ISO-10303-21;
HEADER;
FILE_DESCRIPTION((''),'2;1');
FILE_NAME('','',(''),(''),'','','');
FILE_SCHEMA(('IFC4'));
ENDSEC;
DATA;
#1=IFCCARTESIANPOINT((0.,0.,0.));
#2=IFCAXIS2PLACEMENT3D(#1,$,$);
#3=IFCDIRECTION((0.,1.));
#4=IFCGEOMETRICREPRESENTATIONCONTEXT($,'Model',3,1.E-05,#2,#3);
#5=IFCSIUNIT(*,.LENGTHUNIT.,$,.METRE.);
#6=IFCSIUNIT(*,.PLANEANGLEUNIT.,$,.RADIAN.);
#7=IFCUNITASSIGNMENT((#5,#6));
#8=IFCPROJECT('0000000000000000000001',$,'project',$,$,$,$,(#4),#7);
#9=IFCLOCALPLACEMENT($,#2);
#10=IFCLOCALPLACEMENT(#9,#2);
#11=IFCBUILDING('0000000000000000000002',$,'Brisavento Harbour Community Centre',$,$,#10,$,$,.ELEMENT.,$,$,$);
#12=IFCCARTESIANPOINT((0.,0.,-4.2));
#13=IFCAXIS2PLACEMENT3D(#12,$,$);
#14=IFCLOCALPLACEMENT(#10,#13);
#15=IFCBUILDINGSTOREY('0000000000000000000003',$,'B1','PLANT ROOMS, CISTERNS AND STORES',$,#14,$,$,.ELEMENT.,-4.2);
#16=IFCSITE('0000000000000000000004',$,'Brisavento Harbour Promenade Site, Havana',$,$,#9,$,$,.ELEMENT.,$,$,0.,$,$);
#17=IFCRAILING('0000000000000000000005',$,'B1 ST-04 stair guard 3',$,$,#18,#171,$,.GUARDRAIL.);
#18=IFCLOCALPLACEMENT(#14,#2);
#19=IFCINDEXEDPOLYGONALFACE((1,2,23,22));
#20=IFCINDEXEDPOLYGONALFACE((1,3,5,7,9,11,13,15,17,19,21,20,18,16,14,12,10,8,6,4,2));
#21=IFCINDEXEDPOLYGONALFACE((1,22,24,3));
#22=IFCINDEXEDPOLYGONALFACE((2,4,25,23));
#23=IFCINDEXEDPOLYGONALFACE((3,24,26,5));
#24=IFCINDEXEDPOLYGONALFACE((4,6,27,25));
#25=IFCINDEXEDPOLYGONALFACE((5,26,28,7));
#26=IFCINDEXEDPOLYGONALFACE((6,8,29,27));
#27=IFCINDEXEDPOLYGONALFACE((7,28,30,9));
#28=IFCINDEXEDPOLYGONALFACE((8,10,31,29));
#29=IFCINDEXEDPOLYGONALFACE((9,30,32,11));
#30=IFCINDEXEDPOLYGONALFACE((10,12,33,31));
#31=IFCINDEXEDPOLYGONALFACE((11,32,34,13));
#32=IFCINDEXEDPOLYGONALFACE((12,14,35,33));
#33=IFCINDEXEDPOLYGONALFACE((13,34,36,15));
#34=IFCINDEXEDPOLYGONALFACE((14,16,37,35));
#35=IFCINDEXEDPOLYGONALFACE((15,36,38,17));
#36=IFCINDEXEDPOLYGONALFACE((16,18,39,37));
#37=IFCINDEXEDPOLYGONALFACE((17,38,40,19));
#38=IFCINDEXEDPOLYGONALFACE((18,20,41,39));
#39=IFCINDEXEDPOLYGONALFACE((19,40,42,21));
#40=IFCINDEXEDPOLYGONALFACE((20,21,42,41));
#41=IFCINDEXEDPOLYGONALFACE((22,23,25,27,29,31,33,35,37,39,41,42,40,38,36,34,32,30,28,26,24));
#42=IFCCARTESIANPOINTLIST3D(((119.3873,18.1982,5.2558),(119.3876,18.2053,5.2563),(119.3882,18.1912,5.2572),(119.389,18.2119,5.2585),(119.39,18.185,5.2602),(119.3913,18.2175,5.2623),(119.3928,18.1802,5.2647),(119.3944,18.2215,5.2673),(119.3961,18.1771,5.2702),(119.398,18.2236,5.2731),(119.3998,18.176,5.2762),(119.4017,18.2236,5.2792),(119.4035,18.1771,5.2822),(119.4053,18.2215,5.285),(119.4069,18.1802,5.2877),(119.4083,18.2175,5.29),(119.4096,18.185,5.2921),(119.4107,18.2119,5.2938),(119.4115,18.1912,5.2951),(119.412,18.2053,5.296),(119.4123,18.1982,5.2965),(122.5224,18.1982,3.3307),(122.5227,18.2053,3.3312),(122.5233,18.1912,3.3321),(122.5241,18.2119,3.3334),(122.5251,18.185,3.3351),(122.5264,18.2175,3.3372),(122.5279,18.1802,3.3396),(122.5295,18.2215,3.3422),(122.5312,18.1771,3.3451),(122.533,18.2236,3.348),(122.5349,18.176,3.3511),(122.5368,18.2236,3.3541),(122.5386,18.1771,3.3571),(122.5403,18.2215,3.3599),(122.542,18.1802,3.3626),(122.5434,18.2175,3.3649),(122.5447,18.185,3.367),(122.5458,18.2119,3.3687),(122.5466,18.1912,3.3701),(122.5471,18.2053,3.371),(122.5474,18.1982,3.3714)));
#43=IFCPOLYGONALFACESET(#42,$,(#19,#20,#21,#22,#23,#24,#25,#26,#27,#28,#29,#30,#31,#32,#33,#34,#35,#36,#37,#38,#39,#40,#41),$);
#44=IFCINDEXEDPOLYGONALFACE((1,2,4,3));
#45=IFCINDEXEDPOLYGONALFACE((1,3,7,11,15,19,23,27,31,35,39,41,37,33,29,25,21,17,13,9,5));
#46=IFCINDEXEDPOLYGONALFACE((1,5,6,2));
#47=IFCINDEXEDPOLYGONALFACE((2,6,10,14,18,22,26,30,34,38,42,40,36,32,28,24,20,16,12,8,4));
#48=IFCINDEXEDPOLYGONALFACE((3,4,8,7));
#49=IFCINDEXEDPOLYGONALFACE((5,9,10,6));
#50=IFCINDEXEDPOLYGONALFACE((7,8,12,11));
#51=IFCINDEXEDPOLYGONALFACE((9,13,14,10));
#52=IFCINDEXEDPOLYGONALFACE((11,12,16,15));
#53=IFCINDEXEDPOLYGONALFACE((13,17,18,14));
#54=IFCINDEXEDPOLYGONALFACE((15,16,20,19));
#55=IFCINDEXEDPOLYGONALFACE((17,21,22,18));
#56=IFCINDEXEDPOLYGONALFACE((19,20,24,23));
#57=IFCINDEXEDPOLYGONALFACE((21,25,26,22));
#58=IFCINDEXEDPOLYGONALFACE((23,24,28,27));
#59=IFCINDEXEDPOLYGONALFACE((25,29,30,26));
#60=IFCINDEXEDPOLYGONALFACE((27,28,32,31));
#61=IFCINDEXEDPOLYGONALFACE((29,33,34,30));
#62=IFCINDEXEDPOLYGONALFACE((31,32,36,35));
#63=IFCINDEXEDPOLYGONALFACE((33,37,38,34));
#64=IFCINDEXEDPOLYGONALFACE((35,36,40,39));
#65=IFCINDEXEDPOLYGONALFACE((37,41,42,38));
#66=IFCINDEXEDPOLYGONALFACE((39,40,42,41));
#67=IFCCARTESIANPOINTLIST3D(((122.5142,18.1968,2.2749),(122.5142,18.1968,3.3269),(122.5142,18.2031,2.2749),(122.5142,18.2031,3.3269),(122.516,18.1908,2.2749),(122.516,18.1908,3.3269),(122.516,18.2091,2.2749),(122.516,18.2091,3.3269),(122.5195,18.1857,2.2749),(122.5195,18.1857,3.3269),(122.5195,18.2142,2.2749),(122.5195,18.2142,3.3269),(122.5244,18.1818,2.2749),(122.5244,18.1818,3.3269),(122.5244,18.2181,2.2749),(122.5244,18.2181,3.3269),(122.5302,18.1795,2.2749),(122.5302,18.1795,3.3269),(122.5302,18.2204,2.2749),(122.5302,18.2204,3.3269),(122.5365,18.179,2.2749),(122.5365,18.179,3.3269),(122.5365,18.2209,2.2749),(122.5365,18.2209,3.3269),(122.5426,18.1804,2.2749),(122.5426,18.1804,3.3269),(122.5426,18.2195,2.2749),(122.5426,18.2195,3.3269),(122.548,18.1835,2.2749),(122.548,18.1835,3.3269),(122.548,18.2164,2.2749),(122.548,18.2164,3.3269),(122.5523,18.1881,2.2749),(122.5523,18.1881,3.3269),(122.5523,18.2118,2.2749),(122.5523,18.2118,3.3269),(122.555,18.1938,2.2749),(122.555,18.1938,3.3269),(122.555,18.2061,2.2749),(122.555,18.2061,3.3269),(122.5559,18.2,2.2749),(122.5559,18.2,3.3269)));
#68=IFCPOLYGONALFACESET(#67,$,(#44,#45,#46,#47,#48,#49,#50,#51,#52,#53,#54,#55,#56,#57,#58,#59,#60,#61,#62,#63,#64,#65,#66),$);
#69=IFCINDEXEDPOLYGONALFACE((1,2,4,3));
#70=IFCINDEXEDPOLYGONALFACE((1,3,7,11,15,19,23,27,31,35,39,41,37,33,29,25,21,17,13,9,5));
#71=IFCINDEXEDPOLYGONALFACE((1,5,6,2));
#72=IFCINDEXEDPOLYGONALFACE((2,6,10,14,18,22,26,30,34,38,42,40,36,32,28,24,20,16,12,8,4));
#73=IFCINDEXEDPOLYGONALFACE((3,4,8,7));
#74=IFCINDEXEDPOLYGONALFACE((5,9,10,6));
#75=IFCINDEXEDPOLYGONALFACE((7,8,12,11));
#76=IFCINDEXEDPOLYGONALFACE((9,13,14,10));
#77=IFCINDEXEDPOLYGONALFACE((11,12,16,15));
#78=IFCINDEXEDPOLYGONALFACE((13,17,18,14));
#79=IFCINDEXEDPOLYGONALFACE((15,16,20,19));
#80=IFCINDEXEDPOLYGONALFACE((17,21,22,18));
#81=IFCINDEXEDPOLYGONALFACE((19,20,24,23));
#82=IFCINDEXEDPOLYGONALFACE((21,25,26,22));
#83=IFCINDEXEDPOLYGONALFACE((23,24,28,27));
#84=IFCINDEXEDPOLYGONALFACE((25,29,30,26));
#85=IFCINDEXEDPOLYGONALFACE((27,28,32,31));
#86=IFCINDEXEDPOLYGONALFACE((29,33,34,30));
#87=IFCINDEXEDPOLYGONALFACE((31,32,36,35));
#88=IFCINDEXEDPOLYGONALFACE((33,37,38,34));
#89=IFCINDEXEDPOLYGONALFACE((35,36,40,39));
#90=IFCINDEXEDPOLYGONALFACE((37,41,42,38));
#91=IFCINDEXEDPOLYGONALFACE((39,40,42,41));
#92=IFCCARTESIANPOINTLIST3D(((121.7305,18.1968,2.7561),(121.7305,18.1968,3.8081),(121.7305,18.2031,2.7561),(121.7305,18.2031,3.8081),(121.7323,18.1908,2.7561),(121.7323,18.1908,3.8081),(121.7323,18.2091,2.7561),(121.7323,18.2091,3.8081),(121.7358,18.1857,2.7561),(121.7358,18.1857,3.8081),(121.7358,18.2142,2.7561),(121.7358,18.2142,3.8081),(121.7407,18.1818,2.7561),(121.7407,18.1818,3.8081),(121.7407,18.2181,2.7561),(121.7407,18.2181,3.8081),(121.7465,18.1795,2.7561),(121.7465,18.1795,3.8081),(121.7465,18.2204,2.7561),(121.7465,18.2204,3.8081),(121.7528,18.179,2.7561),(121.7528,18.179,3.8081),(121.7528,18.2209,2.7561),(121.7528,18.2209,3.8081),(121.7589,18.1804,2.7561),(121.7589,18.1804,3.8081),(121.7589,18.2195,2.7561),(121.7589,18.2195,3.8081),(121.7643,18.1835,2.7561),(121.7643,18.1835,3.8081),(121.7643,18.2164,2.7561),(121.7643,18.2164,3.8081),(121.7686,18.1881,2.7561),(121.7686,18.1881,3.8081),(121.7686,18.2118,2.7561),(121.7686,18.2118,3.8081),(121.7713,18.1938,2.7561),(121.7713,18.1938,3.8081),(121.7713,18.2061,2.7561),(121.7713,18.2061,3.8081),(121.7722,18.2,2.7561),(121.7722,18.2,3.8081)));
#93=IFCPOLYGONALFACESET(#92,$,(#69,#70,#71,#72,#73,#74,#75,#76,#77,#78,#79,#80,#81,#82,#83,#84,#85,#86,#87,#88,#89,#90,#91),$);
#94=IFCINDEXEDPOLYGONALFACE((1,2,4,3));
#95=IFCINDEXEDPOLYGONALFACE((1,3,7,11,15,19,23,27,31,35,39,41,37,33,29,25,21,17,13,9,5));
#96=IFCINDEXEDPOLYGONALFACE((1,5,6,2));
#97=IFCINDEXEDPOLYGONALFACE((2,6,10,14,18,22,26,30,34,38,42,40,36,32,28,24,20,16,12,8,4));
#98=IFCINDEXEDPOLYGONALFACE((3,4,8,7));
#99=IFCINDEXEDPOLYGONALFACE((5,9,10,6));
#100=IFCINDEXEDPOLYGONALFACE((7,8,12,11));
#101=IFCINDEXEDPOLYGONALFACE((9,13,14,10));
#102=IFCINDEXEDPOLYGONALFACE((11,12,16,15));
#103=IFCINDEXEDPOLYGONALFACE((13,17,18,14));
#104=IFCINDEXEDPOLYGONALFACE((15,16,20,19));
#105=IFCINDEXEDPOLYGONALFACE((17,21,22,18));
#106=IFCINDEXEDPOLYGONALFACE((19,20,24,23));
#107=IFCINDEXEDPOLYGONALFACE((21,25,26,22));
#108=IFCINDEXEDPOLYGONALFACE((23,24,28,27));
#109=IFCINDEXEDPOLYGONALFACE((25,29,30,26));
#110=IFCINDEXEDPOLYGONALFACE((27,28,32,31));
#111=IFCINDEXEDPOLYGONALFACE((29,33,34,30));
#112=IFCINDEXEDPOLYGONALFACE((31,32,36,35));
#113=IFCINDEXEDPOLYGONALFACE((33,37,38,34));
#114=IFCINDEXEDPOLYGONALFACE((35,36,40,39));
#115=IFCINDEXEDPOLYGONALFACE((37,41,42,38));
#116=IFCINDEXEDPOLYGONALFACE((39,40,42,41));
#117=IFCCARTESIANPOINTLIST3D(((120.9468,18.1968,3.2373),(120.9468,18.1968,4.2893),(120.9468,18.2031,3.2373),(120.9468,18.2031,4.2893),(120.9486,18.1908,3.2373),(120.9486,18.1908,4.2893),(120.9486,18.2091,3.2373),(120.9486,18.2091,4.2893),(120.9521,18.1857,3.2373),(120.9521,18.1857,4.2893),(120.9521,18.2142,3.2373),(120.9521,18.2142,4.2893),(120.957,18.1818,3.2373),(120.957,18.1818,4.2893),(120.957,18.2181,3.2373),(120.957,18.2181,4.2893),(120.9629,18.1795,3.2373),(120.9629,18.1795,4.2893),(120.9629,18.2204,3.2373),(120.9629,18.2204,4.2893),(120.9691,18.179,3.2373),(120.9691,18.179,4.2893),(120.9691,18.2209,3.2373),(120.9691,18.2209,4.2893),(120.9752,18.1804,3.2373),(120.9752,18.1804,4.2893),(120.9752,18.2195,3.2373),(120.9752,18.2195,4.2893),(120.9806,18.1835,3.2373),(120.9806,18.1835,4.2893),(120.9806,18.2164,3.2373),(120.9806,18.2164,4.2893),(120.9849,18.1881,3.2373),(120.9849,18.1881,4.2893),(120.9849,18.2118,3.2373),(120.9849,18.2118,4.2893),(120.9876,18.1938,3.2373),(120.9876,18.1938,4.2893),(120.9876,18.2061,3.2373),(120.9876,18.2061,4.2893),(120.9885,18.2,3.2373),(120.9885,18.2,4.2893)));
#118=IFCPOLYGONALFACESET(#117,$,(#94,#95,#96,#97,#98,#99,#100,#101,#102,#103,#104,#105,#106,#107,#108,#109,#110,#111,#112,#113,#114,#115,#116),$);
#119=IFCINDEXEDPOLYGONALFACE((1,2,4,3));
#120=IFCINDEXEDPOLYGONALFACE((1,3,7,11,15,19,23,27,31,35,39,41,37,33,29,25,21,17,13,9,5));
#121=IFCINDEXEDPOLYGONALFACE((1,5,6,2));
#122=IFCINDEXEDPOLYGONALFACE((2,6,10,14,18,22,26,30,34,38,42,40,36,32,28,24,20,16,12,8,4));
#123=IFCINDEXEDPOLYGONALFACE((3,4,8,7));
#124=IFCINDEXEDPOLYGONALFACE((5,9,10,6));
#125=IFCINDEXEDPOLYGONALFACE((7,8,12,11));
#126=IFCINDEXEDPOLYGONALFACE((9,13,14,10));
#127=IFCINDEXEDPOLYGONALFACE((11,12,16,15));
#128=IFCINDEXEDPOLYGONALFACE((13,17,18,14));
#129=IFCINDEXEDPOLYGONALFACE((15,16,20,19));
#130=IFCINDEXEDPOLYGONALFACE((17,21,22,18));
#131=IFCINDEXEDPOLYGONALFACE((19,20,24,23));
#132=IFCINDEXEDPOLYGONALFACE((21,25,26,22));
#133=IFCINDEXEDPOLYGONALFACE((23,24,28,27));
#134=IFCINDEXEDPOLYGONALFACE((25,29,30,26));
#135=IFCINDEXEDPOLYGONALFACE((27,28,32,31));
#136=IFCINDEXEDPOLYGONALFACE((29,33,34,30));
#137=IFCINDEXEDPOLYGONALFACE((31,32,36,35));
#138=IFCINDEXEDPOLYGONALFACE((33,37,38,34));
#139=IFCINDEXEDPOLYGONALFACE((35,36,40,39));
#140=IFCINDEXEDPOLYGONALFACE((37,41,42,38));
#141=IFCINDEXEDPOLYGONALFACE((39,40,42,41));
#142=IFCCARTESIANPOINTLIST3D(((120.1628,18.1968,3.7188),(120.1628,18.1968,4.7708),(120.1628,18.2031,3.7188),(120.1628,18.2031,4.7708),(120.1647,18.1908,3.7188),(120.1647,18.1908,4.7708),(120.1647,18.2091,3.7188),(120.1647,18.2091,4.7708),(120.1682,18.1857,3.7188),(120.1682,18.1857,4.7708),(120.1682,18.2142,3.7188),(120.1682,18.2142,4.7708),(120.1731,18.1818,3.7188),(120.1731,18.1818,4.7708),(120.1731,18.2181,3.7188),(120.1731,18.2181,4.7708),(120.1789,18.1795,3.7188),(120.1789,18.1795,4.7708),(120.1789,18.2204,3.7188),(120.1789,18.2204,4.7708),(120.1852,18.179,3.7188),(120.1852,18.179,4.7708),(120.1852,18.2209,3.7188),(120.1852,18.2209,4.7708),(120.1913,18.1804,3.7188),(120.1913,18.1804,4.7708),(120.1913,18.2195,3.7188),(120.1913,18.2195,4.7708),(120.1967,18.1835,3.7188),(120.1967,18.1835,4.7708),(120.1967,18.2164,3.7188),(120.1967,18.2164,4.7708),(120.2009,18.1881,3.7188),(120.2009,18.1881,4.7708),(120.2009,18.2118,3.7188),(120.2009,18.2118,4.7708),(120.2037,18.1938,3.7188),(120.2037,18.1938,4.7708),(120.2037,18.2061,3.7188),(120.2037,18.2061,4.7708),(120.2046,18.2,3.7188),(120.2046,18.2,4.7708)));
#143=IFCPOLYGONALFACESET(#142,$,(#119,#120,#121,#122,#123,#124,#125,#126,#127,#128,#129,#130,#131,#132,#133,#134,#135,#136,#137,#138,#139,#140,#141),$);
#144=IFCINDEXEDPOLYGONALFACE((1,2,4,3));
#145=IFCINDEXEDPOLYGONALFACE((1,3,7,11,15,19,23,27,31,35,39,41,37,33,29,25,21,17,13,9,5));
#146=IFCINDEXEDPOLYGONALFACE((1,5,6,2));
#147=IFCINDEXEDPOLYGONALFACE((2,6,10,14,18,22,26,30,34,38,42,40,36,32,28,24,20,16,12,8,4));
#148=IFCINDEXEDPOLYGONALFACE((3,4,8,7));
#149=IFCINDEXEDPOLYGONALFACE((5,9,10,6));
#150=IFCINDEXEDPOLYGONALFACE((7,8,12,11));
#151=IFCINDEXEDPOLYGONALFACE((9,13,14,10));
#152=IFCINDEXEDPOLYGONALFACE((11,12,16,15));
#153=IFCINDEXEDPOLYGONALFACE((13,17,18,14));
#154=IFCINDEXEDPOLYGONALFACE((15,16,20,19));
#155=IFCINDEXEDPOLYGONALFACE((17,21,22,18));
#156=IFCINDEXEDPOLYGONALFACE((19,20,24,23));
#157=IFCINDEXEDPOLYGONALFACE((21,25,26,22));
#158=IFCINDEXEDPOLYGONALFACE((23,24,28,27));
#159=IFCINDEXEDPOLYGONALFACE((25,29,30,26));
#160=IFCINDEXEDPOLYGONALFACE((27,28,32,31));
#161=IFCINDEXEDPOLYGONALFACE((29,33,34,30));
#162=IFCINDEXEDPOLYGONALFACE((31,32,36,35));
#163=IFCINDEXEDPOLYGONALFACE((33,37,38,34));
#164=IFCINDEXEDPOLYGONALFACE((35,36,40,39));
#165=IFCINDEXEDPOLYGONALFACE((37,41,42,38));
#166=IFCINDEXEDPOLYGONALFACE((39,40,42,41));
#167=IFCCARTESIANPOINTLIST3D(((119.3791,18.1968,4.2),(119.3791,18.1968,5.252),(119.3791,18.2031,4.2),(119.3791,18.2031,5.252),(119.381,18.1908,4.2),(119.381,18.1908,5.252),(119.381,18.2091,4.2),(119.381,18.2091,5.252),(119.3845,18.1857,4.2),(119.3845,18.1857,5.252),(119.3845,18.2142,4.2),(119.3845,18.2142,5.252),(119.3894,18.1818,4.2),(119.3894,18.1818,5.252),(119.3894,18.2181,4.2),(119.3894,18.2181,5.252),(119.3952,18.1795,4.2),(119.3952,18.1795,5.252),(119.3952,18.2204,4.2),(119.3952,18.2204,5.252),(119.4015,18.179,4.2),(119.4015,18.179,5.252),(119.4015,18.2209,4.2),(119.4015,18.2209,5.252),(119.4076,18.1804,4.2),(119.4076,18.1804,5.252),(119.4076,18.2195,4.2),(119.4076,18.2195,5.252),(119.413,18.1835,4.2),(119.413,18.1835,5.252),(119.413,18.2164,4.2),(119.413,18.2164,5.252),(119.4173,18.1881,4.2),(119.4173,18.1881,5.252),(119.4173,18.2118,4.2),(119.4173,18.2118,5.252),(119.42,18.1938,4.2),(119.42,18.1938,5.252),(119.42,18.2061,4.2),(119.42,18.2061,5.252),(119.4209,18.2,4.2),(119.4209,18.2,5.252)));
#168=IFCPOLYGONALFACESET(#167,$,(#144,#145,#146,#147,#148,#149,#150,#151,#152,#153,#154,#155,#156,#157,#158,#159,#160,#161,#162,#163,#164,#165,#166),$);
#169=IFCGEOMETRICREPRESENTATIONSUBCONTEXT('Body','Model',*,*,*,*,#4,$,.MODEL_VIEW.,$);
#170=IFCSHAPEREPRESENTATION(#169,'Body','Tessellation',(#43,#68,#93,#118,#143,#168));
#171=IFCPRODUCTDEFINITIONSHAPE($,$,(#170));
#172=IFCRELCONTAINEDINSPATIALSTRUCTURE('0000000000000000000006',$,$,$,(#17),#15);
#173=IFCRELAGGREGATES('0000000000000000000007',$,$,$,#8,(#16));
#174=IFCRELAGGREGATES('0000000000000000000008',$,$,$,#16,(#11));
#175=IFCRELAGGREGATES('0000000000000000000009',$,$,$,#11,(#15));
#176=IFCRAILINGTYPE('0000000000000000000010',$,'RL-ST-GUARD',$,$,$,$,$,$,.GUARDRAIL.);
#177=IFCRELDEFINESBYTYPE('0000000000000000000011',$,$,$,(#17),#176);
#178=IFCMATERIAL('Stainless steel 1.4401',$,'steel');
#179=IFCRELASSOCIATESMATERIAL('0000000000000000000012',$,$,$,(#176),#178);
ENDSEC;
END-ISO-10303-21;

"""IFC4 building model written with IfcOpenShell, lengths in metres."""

from ifc_helpers import new_model, si_unit, direction, frame, origin, origin_2d, place, context, subcontext, project, spatial, circle, extrude, material, type_object, element, save


model = new_model("IFC4")

# Units and contexts
model_context = context("Model", 3, precision=1e-05, world=origin(), true_north=direction((0.0, 1.0)))
body_context = subcontext(model_context, "Body", "Model", "MODEL_VIEW")
ifc_project = project(units=[si_unit("LENGTHUNIT", "METRE"), si_unit("PLANEANGLEUNIT", "RADIAN")], contexts=[model_context])

# Site, building, storey
site_placement = place(None, origin())
site = spatial("IfcSite", under=ifc_project, at=site_placement, Name="Brisavento Harbour Promenade Site, Havana", CompositionType="ELEMENT", RefElevation=0.0)
building_placement = place(site_placement, origin())
building = spatial("IfcBuilding", under=site, at=building_placement, Name="Brisavento Harbour Community Centre", CompositionType="ELEMENT")
storey_placement = place(building_placement, frame((0.0, 0.0, -4.2)))
storey = spatial("IfcBuildingStorey", under=building, at=storey_placement, Name="B1", Description="PLANT ROOMS, CISTERNS AND STORES", CompositionType="ELEMENT", Elevation=-4.2)

# Shared definitions
ifc_material_1 = material(Name="Stainless steel 1.4401", Category="steel")

# Railing
railing_type_1 = type_object("IfcRailingType", Name="RL-ST-GUARD", PredefinedType="GUARDRAIL", material=ifc_material_1)
railing_1_placement = place(storey_placement, frame((122.5349, 18.2, 2.2749)))
element("IfcRailing", 1, at=railing_1_placement, inside=storey, type_object=railing_type_1, Name="B1 ST-04 stair guard 3", PredefinedType="GUARDRAIL", context=body_context, shape_type="SweptSolid", body=[
    extrude(circle(Radius=0.0239, at=origin_2d()), frame((0.0, 0.0, 1.0762), z_axis=(-0.852166, 0.0, 0.523271), x_axis=(0.0, -1.0, 0.0)), (0.0, 0.0, 1.0), 3.679),
    extrude(circle(Radius=0.021, at=origin_2d()), origin(), (0.0, 0.0, 1.0), 1.052),
    extrude(circle(Radius=0.021, at=origin_2d()), frame((-0.7837, 0.0, 0.4812)), (0.0, 0.0, 1.0), 1.052),
    extrude(circle(Radius=0.021, at=origin_2d()), frame((-1.5674, 0.0, 0.9624)), (0.0, 0.0, 1.0), 1.052),
    extrude(circle(Radius=0.021, at=origin_2d()), frame((-2.3513, 0.0, 1.4438)), (0.0, 0.0, 1.0), 1.052),
    extrude(circle(Radius=0.021, at=origin_2d()), frame((-3.135, 0.0, 1.925)), (0.0, 0.0, 1.0), 1.052),
])

save(model, "model.ifc")
